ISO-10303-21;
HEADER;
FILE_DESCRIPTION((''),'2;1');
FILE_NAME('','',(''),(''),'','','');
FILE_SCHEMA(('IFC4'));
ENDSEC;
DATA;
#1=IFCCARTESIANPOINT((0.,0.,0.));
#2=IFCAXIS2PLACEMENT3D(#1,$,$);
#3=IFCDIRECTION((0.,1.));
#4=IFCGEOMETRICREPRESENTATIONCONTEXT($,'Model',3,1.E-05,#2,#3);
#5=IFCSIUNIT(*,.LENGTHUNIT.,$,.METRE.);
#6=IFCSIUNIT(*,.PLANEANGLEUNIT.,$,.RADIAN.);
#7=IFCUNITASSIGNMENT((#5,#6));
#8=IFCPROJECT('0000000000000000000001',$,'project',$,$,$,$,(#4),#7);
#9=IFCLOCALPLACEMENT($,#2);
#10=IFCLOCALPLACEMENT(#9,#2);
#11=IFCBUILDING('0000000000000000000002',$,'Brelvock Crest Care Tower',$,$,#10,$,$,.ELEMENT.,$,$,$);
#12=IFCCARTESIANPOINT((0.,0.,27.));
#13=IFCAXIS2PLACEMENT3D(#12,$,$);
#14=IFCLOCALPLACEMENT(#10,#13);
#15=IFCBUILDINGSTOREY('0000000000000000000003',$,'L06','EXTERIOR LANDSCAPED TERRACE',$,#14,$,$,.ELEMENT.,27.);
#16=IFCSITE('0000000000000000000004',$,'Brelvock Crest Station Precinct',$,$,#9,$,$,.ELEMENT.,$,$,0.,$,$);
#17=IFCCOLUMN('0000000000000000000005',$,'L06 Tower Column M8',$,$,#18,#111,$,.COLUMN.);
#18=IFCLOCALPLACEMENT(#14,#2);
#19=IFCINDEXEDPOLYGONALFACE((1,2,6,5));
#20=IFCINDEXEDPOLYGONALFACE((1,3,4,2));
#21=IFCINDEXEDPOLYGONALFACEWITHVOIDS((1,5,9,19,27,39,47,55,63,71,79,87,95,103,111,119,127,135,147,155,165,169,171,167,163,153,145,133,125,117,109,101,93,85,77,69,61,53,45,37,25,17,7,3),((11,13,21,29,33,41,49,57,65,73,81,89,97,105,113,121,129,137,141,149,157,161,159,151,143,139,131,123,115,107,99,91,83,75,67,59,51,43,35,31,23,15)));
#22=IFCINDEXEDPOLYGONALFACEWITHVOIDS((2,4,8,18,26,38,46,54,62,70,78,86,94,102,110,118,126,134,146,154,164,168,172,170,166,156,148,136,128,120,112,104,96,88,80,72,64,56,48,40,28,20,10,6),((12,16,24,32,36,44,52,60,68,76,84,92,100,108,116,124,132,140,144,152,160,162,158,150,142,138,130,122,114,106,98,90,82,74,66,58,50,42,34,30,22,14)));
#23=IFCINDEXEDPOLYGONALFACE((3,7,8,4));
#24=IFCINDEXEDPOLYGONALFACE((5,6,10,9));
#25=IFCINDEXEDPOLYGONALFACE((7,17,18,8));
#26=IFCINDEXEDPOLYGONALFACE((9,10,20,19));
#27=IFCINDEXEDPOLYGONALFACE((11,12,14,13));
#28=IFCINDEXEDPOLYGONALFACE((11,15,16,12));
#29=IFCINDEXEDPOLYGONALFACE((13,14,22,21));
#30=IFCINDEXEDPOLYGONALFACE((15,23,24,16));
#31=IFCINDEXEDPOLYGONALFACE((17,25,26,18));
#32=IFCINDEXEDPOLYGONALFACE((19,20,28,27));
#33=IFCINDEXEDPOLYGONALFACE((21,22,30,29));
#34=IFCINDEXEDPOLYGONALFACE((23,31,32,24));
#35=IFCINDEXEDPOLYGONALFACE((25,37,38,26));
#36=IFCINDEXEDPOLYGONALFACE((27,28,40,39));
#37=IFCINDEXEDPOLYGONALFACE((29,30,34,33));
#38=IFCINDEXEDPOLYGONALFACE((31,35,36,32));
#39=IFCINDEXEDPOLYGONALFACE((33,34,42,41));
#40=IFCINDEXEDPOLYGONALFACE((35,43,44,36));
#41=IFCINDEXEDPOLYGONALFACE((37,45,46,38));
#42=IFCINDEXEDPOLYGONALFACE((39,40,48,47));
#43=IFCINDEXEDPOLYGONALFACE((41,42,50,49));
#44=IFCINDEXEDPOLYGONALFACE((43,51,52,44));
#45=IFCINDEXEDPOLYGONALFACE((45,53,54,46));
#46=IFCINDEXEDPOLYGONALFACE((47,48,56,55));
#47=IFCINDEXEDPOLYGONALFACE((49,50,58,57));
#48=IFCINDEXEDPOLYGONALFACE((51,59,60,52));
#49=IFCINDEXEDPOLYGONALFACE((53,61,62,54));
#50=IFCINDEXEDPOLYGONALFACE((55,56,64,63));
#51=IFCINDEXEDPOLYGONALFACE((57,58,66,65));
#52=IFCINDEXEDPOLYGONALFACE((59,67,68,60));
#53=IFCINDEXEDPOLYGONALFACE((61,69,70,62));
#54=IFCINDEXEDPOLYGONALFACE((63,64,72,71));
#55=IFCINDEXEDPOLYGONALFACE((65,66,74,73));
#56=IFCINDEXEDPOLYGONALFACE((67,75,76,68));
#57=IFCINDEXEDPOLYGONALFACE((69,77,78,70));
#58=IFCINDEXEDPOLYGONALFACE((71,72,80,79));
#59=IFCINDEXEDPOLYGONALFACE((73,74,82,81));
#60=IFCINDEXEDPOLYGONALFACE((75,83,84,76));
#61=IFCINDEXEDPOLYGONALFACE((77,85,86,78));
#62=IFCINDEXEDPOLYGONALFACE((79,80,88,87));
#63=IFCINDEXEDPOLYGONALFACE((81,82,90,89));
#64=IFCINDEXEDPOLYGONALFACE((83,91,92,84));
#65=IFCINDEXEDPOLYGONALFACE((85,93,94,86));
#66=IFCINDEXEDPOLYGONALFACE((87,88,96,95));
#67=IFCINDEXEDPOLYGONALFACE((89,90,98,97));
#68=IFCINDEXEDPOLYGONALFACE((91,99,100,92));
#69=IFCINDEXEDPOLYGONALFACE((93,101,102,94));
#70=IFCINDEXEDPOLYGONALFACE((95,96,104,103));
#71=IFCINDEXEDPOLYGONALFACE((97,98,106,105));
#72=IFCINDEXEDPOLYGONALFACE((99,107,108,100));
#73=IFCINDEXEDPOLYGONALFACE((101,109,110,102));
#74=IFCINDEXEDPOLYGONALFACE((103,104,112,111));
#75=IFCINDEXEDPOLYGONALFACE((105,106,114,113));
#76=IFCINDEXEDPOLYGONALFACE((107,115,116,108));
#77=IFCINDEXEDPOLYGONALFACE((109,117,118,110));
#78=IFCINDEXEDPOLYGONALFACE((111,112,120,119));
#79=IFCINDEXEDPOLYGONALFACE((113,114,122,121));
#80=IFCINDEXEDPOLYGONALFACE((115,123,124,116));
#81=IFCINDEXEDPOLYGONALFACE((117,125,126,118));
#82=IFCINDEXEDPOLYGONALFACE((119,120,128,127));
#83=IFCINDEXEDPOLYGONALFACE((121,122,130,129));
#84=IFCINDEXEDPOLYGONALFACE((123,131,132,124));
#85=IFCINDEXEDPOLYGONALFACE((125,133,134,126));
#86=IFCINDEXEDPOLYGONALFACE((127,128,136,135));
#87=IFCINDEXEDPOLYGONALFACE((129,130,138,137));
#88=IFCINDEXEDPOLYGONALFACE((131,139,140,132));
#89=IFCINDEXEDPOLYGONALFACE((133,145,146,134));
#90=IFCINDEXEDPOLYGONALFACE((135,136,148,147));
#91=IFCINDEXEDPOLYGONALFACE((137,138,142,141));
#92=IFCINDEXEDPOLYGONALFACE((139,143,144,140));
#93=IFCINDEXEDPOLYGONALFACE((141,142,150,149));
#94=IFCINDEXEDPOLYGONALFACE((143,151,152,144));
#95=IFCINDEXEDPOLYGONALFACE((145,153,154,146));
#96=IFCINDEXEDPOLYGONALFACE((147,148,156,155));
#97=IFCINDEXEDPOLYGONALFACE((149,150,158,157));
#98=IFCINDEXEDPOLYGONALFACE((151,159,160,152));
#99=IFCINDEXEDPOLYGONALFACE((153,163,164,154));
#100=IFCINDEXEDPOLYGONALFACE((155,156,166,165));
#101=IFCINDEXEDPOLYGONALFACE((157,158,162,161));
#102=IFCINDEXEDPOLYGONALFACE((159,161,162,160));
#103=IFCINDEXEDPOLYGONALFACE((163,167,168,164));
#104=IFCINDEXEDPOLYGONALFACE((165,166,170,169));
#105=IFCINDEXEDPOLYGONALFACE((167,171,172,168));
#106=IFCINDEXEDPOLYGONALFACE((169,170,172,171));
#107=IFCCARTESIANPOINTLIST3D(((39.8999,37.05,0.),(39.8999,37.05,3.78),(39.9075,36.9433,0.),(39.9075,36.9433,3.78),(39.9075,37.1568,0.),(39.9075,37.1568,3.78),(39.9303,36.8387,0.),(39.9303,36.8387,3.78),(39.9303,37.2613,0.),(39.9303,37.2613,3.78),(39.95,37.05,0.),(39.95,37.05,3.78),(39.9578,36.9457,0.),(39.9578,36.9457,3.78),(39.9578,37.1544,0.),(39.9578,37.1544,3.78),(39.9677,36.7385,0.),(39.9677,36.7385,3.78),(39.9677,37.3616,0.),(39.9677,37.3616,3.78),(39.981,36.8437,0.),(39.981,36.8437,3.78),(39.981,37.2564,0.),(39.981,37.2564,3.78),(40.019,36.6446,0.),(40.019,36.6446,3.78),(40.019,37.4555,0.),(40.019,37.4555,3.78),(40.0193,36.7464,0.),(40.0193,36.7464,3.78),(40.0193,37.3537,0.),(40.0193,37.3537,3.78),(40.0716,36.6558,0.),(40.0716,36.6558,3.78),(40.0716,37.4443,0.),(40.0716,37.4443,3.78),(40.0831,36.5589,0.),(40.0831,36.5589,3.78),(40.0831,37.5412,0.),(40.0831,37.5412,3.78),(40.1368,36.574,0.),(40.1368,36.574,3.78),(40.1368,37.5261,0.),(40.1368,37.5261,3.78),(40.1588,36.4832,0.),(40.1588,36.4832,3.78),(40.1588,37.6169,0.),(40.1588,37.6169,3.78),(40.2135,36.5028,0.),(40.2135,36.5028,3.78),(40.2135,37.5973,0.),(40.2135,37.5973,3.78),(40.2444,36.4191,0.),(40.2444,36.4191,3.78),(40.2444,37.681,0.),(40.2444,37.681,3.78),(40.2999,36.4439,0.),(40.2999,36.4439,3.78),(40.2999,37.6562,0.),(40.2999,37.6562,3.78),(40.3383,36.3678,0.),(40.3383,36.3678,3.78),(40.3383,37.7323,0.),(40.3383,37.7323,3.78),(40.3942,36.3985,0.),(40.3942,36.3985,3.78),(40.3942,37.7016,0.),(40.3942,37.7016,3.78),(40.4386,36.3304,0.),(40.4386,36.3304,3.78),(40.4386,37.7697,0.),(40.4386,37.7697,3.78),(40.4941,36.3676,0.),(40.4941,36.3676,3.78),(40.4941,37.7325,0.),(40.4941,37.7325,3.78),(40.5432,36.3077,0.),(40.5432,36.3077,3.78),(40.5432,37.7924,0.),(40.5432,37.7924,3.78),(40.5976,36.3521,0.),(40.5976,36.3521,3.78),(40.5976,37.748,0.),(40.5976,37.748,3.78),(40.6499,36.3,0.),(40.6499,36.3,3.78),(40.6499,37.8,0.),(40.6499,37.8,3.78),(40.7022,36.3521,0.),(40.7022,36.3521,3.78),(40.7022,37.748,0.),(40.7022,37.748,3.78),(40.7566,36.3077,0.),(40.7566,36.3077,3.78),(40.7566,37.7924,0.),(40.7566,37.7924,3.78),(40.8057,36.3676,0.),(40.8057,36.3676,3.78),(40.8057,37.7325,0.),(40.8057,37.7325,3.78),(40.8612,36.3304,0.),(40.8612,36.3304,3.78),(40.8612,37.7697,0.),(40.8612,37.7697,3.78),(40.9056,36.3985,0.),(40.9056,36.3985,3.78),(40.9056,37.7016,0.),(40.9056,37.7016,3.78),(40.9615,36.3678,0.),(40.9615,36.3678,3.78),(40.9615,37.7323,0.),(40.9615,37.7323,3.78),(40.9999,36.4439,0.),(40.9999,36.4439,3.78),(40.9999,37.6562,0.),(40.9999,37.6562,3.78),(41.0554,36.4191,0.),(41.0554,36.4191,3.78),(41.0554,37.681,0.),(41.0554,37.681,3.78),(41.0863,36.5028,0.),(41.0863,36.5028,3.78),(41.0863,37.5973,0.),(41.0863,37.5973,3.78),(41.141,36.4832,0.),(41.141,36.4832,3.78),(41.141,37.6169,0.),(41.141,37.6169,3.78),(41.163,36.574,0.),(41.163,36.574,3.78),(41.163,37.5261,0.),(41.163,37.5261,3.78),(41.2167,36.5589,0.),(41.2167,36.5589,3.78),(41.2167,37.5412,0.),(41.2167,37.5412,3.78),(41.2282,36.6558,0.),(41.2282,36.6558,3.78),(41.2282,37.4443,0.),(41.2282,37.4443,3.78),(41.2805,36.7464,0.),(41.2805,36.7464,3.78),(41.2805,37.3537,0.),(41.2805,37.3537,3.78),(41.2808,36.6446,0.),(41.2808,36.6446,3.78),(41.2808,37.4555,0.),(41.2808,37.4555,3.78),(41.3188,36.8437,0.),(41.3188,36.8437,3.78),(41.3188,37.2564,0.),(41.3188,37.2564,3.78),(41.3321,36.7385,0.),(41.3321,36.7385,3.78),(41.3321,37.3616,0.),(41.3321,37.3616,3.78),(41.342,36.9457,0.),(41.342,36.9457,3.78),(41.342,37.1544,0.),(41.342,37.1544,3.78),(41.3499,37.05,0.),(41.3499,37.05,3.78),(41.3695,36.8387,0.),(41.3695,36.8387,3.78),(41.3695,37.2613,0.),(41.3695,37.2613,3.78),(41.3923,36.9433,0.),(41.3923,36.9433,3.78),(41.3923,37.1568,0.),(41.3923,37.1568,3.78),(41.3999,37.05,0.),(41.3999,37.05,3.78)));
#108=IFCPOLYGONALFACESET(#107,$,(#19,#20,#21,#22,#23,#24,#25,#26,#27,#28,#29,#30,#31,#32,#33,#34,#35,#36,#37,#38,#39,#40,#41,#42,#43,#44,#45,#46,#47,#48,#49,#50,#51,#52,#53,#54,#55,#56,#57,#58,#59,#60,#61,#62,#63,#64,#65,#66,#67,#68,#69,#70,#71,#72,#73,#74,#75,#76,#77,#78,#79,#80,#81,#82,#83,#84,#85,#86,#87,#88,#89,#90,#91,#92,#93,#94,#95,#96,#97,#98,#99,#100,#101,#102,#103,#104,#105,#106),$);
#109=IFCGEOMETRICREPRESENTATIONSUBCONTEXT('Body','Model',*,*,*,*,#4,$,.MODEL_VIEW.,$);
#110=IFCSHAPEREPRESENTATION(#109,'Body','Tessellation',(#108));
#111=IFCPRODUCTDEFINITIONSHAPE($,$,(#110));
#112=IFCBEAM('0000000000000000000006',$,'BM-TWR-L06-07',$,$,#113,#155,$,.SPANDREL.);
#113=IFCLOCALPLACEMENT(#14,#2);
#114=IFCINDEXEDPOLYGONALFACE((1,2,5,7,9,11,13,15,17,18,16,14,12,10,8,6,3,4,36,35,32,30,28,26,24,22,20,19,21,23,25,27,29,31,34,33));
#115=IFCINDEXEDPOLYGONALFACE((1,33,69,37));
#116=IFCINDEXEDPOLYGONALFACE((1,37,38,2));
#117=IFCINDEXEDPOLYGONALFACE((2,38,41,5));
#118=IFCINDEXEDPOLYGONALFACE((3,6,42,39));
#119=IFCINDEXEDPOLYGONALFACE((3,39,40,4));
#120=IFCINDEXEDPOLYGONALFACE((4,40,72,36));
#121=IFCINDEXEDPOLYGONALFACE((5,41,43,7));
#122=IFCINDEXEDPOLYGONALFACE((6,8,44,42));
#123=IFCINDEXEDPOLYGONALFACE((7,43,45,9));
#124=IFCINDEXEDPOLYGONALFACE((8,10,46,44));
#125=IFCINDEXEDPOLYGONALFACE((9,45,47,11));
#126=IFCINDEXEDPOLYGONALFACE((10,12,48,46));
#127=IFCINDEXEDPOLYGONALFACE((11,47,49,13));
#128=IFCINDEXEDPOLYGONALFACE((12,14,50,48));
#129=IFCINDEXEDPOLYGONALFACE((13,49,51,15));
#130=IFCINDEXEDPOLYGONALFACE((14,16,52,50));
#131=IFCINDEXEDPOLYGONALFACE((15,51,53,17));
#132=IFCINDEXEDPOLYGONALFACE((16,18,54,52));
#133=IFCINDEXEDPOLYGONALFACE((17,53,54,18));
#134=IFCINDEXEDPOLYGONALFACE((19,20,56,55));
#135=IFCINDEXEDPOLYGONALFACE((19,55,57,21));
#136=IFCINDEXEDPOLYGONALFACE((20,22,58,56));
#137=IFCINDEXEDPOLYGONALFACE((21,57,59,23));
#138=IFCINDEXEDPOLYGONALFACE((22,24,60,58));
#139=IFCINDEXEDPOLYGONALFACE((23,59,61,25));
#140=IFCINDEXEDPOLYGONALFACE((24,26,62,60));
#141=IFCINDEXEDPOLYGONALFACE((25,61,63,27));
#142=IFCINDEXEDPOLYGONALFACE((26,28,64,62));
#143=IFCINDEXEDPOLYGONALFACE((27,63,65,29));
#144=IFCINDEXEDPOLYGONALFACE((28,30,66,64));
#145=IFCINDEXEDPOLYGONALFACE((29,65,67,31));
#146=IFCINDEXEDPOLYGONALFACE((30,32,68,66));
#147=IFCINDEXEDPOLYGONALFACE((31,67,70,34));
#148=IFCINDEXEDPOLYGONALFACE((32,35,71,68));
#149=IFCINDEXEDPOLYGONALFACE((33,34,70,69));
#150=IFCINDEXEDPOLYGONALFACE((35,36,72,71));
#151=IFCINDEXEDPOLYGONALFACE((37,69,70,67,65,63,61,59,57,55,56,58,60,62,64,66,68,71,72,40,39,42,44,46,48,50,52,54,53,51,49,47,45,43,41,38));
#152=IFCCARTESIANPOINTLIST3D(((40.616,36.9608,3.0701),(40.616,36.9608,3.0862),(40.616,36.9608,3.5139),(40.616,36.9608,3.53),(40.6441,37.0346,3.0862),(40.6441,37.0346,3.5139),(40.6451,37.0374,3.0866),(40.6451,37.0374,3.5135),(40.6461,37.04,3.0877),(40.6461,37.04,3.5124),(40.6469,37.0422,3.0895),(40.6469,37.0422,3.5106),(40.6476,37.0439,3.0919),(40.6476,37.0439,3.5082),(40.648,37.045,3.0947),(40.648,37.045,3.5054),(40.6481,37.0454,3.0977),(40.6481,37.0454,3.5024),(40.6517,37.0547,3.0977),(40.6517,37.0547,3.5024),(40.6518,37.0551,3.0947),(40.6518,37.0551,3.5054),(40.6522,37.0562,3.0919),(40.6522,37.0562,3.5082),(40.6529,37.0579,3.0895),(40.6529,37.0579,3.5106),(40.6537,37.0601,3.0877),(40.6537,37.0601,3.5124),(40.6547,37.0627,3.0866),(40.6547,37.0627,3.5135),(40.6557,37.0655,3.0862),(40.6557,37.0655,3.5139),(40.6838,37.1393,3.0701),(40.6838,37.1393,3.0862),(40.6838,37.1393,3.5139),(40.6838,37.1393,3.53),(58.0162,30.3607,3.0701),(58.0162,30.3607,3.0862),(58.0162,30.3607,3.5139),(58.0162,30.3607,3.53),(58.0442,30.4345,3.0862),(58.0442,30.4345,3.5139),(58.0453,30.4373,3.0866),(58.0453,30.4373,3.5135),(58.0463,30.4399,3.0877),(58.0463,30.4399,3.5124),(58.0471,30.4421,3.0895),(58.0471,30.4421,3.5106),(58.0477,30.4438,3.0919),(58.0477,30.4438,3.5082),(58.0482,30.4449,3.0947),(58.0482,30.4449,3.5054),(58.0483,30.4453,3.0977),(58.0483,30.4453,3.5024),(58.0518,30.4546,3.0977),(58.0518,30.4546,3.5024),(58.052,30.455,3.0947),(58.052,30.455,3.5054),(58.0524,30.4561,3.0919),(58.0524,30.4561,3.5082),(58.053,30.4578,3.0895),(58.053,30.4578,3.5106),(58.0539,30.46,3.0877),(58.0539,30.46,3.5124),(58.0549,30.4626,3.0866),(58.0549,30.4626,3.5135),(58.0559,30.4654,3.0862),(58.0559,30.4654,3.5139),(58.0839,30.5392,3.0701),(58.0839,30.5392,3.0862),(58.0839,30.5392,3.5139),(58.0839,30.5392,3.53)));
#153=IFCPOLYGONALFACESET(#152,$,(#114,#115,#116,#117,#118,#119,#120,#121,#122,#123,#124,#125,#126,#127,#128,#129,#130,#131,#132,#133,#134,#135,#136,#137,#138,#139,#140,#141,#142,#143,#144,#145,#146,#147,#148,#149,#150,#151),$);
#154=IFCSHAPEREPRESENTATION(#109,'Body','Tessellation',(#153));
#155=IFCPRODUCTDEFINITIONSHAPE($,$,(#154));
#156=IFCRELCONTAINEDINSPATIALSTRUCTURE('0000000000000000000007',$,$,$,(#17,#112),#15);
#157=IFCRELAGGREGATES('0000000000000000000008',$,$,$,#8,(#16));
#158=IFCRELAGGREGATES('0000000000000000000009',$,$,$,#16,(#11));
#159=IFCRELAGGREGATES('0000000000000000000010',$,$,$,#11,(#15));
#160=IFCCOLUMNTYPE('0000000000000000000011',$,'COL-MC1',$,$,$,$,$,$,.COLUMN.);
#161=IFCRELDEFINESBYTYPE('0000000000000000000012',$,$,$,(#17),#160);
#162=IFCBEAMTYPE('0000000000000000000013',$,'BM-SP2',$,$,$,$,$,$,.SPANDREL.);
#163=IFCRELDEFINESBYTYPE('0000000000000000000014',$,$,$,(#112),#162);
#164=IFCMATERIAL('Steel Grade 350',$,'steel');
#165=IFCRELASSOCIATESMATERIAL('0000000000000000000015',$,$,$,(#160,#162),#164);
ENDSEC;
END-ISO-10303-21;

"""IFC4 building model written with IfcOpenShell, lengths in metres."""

from ifc_helpers import new_model, si_unit, direction, frame, origin, origin_2d, place, context, subcontext, project, spatial, hollow_circle, i_section, extrude, source, transform, mapped, material, material_profile, profile_set, type_object, element, save


model = new_model("IFC4")

# Units and contexts
model_context = context("Model", 3, precision=1e-05, world=origin(), true_north=direction((0.0, 1.0)))
body_context = subcontext(model_context, "Body", "Model", "MODEL_VIEW")
ifc_project = project(units=[si_unit("LENGTHUNIT", "METRE"), si_unit("PLANEANGLEUNIT", "RADIAN")], contexts=[model_context])

# Site, building, storey
site_placement = place(None, origin())
site = spatial("IfcSite", under=ifc_project, at=site_placement, Name="Brelvock Crest Station Precinct", CompositionType="ELEMENT", RefElevation=0.0)
building_placement = place(site_placement, origin())
building = spatial("IfcBuilding", under=site, at=building_placement, Name="Brelvock Crest Care Tower", CompositionType="ELEMENT")
storey_placement = place(building_placement, frame((0.0, 0.0, 27.0)))
storey = spatial("IfcBuildingStorey", under=building, at=storey_placement, Name="L06", Description="EXTERIOR LANDSCAPED TERRACE", CompositionType="ELEMENT", Elevation=27.0)

# Column
ifc_material_1 = material(Name="Steel Grade 350", Category="steel")
ifc_material_profile_1 = material_profile(ifc_material_1, hollow_circle(Radius=0.75, WallThickness=0.05, at=origin_2d()), Name="CFT1500x50")
ifc_profile_set_1 = profile_set([ifc_material_profile_1], Name="Steel Grade 350")
column_type = type_object("IfcColumnType", Name="COL-MC1", PredefinedType="COLUMN", material=ifc_profile_set_1)
shared_shape_1 = source(origin(), body_context, "Body", "SweptSolid", [
    extrude(hollow_circle(Radius=0.75, WallThickness=0.05, at=origin_2d()), origin(), (0.0, 0.0, 1.0), 3.78),
])
column_placement = place(storey_placement, frame((40.6499, 37.05, 0.0), z_axis=(0.0, 0.0, 1.0), x_axis=(1.0, 0.0, 0.0)))
element("IfcColumn", 1, at=column_placement, inside=storey, type_object=column_type, Name="L06 Tower Column M8", PredefinedType="COLUMN", context=body_context, shape_type="MappedRepresentation", body=[
    mapped(shared_shape_1, transform((0.0, 0.0, 0.0), x_axis=(1.0, 0.0, 0.0), y_axis=(0.0, 1.0, 0.0), z_axis=(0.0, 0.0, 1.0), scale=1.0)),
])

# Beam
ifc_material_profile_2 = material_profile(ifc_material_1, i_section(OverallWidth=0.1909, OverallDepth=0.46, WebThickness=0.01, FlangeThickness=0.0161, FilletRadius=0.0115, at=origin_2d()), Name="460UB82.1")
ifc_profile_set_2 = profile_set([ifc_material_profile_2], Name="Steel Grade 350")
beam_type_1 = type_object("IfcBeamType", Name="BM-SP2", PredefinedType="SPANDREL", material=ifc_profile_set_2)
shared_shape_2 = source(origin(), body_context, "Body", "SweptSolid", [
    extrude(i_section(OverallWidth=0.1909, OverallDepth=0.46, WebThickness=0.01, FlangeThickness=0.0161, FilletRadius=0.0115, at=origin_2d()), origin(), (0.0, 0.0, 1.0), 18.6099),
])
beam_placement = place(storey_placement, frame((40.6499, 37.05, 3.3), z_axis=(0.934997, -0.354656, 0.0), x_axis=(0.354656, 0.934997, 0.0)))
element("IfcBeam", 2, at=beam_placement, inside=storey, type_object=beam_type_1, Name="BM-TWR-L06-07", PredefinedType="SPANDREL", context=body_context, shape_type="MappedRepresentation", body=[
    mapped(shared_shape_2, transform((0.0, 0.0, 0.0), x_axis=(1.0, 0.0, 0.0), y_axis=(0.0, 1.0, 0.0), z_axis=(0.0, 0.0, 1.0), scale=1.0)),
])

save(model, "model.ifc")
